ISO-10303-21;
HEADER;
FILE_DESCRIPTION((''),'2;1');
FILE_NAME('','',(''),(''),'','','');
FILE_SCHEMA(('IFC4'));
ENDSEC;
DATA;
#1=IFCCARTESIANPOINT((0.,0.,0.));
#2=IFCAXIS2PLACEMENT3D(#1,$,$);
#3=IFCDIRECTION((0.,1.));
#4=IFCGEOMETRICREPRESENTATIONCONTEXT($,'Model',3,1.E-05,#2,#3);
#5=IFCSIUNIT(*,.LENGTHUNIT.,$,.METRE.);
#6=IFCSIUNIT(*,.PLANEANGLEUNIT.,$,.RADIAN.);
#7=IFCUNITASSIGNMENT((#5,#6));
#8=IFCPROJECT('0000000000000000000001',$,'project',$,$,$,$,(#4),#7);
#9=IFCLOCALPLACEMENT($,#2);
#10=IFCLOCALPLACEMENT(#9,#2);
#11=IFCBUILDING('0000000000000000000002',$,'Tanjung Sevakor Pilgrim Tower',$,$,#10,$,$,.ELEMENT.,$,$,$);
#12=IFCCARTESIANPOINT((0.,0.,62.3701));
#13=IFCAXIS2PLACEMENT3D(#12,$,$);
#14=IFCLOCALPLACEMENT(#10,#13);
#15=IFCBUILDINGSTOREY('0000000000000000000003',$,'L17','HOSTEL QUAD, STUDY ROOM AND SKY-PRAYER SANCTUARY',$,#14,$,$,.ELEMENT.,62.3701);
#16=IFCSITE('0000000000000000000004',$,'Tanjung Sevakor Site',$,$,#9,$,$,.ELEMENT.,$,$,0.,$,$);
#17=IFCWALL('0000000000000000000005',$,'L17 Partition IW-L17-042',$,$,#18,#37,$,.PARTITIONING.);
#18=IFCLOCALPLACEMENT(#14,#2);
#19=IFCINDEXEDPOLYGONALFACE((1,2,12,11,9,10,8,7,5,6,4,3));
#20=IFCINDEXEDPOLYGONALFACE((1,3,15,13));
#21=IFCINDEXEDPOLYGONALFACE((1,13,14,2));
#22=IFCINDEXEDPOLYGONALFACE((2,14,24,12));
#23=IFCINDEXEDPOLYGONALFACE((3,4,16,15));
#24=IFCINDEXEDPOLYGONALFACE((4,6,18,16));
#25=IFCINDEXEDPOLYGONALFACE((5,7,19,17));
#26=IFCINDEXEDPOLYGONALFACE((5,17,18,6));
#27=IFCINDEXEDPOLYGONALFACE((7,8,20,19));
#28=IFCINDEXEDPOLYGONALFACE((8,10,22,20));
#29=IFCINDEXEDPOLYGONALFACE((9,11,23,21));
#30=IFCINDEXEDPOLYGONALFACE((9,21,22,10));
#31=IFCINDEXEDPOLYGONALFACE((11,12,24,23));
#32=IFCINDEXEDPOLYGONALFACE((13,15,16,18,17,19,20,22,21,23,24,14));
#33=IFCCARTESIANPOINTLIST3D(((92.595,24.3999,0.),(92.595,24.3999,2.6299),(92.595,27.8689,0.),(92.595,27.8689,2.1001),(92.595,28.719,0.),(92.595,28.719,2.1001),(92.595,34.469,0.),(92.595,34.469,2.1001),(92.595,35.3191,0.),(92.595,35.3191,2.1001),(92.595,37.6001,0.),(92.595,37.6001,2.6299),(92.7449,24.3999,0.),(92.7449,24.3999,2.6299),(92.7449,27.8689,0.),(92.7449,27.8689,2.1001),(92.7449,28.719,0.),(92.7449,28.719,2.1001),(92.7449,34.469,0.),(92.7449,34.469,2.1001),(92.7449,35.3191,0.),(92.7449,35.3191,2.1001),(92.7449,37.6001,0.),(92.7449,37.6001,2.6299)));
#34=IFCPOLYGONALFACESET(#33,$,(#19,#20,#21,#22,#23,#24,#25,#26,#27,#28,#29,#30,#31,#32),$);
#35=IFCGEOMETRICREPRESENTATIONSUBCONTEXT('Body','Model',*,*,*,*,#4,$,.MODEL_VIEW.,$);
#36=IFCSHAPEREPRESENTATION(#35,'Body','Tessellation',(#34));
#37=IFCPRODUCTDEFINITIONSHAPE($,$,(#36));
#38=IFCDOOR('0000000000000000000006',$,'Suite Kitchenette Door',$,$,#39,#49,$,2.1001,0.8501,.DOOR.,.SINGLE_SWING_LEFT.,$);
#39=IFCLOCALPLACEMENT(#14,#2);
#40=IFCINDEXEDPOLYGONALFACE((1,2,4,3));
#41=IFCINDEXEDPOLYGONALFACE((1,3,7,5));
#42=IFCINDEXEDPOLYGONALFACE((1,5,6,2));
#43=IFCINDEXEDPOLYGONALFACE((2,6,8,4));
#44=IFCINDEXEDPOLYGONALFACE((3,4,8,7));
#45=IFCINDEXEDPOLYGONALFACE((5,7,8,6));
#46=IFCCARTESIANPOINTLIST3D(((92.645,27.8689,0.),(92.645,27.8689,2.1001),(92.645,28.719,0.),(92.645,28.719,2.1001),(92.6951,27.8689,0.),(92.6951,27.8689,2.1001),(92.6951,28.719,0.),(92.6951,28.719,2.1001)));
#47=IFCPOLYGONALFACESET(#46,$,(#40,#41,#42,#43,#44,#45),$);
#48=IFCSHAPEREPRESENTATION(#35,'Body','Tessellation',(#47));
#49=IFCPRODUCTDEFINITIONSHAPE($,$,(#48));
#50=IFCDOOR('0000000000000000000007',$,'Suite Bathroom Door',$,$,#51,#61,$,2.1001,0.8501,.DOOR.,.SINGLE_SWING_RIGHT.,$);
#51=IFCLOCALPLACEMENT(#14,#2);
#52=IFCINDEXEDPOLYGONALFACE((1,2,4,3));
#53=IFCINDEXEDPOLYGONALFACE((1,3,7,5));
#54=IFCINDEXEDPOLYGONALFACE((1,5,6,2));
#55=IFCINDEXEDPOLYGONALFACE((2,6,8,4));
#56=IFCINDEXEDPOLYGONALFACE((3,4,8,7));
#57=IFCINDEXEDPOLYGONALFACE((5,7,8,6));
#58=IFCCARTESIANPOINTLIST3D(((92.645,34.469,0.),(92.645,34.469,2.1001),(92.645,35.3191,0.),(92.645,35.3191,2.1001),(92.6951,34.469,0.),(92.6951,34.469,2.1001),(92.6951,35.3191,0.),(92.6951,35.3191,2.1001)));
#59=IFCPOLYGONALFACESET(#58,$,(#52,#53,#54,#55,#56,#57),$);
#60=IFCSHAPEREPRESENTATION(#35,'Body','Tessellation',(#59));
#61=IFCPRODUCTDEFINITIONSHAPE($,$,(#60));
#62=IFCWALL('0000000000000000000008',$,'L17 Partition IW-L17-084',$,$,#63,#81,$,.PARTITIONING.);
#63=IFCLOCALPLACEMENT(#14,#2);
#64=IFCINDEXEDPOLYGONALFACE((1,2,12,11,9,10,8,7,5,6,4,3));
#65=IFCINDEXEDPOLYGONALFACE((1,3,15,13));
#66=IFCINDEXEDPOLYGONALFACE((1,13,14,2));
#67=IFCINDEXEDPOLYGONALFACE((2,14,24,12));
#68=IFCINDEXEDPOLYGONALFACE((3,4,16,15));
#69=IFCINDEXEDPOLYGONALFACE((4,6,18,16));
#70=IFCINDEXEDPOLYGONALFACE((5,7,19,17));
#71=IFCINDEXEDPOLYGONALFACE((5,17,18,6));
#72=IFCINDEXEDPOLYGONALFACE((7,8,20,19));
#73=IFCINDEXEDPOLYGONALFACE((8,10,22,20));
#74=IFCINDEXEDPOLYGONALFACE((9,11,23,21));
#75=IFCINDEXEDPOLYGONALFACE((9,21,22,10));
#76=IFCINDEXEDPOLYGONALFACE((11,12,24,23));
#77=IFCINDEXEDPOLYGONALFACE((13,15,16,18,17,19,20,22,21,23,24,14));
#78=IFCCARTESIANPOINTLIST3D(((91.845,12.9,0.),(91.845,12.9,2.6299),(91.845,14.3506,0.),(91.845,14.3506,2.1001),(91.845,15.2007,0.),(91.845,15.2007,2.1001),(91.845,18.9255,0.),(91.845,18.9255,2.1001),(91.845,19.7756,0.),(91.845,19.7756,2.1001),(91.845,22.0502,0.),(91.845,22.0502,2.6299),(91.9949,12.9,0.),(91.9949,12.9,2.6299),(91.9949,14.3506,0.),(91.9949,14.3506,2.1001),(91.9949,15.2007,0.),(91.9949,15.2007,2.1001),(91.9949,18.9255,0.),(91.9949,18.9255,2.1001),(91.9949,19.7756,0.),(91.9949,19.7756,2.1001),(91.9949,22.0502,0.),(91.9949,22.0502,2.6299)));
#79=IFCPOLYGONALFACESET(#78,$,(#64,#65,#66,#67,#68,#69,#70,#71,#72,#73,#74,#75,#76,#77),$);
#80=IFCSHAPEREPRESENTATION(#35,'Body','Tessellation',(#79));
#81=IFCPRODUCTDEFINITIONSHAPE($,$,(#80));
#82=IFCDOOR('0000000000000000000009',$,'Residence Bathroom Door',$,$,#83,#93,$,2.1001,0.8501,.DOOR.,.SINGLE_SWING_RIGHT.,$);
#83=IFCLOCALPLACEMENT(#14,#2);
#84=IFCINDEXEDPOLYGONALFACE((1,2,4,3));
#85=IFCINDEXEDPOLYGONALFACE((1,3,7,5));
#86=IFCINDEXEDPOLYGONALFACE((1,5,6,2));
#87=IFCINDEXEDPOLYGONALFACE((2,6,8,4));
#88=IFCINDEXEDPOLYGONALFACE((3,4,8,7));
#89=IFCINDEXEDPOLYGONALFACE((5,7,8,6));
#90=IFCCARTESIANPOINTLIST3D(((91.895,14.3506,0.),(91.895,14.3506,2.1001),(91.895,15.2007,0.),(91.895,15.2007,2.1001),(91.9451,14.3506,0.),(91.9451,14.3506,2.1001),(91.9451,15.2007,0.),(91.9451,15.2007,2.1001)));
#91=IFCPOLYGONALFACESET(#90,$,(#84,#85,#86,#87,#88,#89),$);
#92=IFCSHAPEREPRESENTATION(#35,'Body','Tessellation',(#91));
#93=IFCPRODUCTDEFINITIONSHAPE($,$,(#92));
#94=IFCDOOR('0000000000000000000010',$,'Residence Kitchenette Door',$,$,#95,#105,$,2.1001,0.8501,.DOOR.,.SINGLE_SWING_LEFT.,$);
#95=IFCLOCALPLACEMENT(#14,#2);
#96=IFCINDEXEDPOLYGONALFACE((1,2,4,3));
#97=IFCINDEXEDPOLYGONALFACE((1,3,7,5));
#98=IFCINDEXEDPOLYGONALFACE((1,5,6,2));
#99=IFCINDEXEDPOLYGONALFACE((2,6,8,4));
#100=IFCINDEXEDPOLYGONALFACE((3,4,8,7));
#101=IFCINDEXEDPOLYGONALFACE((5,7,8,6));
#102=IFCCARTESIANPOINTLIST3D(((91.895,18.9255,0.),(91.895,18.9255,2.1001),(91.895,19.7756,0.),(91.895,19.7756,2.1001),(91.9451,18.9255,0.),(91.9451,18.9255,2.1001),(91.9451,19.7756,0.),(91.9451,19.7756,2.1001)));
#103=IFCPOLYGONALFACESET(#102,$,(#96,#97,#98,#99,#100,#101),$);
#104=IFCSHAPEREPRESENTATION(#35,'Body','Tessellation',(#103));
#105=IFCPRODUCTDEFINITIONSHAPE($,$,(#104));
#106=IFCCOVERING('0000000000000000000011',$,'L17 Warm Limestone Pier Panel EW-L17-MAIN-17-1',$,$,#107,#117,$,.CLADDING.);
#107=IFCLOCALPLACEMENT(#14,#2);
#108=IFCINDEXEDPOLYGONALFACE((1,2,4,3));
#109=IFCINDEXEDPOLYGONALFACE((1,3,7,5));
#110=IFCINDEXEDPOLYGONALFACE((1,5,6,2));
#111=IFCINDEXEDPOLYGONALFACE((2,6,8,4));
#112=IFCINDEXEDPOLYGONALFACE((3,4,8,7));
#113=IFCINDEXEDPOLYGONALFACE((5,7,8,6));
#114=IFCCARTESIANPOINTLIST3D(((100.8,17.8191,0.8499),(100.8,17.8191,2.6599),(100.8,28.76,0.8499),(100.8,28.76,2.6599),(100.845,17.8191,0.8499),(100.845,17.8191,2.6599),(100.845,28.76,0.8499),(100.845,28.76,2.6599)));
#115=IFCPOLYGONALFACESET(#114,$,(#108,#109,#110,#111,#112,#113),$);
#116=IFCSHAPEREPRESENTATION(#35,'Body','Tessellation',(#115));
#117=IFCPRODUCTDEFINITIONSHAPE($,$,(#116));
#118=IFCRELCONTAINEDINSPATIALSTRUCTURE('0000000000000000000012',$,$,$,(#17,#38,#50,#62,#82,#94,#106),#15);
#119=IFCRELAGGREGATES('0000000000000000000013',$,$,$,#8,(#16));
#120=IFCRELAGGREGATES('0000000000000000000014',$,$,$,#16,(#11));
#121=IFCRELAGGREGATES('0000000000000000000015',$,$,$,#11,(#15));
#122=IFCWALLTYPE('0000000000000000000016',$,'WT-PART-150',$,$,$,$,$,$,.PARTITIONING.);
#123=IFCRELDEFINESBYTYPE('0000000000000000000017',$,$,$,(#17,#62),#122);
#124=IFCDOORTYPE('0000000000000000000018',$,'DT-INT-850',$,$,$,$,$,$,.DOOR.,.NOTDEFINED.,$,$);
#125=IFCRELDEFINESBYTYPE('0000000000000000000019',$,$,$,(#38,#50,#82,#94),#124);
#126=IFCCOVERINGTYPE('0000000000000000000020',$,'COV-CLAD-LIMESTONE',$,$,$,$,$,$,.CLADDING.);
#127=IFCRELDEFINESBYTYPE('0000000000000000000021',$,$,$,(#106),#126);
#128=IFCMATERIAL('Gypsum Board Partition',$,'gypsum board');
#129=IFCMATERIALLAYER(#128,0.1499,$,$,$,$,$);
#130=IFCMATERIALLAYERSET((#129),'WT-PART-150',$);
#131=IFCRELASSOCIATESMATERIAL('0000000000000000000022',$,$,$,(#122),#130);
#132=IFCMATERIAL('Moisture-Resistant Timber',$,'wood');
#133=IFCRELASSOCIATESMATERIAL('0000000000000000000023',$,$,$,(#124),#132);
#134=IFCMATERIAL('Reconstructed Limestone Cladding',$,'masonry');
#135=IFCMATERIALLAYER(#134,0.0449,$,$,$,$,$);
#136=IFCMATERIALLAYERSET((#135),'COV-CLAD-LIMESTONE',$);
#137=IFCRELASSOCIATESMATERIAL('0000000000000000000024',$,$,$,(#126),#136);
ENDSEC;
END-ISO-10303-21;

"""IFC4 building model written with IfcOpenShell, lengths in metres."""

from ifc_helpers import new_model, si_unit, direction, frame, frame_2d, origin, origin_2d, place, context, subcontext, project, spatial, rectangle, extrude, material, layer, layer_set, type_object, element, fill, save


model = new_model("IFC4")

# Units and contexts
model_context = context("Model", 3, precision=1e-05, world=origin(), true_north=direction((0.0, 1.0)))
body_context = subcontext(model_context, "Body", "Model", "MODEL_VIEW")
ifc_project = project(units=[si_unit("LENGTHUNIT", "METRE"), si_unit("PLANEANGLEUNIT", "RADIAN")], contexts=[model_context])

# Site, building, storey
site_placement = place(None, origin())
site = spatial("IfcSite", under=ifc_project, at=site_placement, Name="Tanjung Sevakor Site", CompositionType="ELEMENT", RefElevation=0.0)
building_placement = place(site_placement, origin())
building = spatial("IfcBuilding", under=site, at=building_placement, Name="Tanjung Sevakor Pilgrim Tower", CompositionType="ELEMENT")
storey_placement = place(building_placement, frame((0.0, 0.0, 62.3701)))
storey = spatial("IfcBuildingStorey", under=building, at=storey_placement, Name="L17", Description="HOSTEL QUAD, STUDY ROOM AND SKY-PRAYER SANCTUARY", CompositionType="ELEMENT", Elevation=62.3701)

# Shared definitions
ifc_material_1 = material(Name="Gypsum Board Partition", Category="gypsum board")
ifc_layer_1 = layer(ifc_material_1, 0.1499)
ifc_layer_set_1 = layer_set([ifc_layer_1], Name="WT-PART-150")
wall_type_1 = type_object("IfcWallType", Name="WT-PART-150", PredefinedType="PARTITIONING", material=ifc_layer_set_1)
ifc_material_2 = material(Name="Moisture-Resistant Timber", Category="wood")
door_type_1 = type_object("IfcDoorType", Name="DT-INT-850", OperationType="NOTDEFINED", PredefinedType="DOOR", material=ifc_material_2)

# Walls, openings, doors
wall_1_placement = place(storey_placement, frame((92.6699, 24.3999, 0.0), z_axis=(0.0, 0.0, 1.0), x_axis=(0.0, 1.0, 0.0)))
wall_1 = element("IfcWall", 1, at=wall_1_placement, inside=storey, type_object=wall_type_1, Name="L17 Partition IW-L17-042", PredefinedType="PARTITIONING", context=body_context, shape_type="SweptSolid", body=[
    extrude(rectangle(XDim=13.2002, YDim=0.1499, at=frame_2d((6.6001, 0.0))), origin(), (0.0, 0.0, 1.0), 2.6299),
])
opening_1_placement = place(wall_1_placement, frame((3.469, 0.0, 0.0)))
opening_1 = element("IfcOpeningElement", 2, at=opening_1_placement, cuts=wall_1, PredefinedType="OPENING", context=body_context, shape_type="SweptSolid", body=[
    extrude(rectangle(XDim=0.8501, YDim=2.1001, at=frame_2d((0.425, 1.05))), frame((0.0, 0.085, 0.0), z_axis=(0.0, -1.0, 0.0), x_axis=(1.0, 0.0, 0.0)), (0.0, 0.0, 1.0), 0.1699),
])
opening_2_placement = place(wall_1_placement, frame((10.0691, 0.0, 0.0)))
opening_2 = element("IfcOpeningElement", 3, at=opening_2_placement, cuts=wall_1, PredefinedType="OPENING", context=body_context, shape_type="SweptSolid", body=[
    extrude(rectangle(XDim=0.8501, YDim=2.1001, at=frame_2d((0.425, 1.05))), frame((0.0, 0.085, 0.0), z_axis=(0.0, -1.0, 0.0), x_axis=(1.0, 0.0, 0.0)), (0.0, 0.0, 1.0), 0.1699),
])
door_1_placement = place(opening_1_placement, origin())
door_1 = element("IfcDoor", 4, at=door_1_placement, inside=storey, type_object=door_type_1, Name="Suite Kitchenette Door", OperationType="SINGLE_SWING_LEFT", OverallHeight=2.1001, OverallWidth=0.8501, PredefinedType="DOOR", context=body_context, shape_type="SweptSolid", body=[
    extrude(rectangle(XDim=0.8501, YDim=2.1001, at=frame_2d((0.425, 1.05))), frame((0.0, 0.0249, 0.0), z_axis=(0.0, -1.0, 0.0), x_axis=(1.0, 0.0, 0.0)), (0.0, 0.0, 1.0), 0.05),
])
fill(opening_1, door_1)
door_2_placement = place(opening_2_placement, origin())
door_2 = element("IfcDoor", 5, at=door_2_placement, inside=storey, type_object=door_type_1, Name="Suite Bathroom Door", OperationType="SINGLE_SWING_RIGHT", OverallHeight=2.1001, OverallWidth=0.8501, PredefinedType="DOOR", context=body_context, shape_type="SweptSolid", body=[
    extrude(rectangle(XDim=0.8501, YDim=2.1001, at=frame_2d((0.425, 1.05))), frame((0.0, 0.0249, 0.0), z_axis=(0.0, -1.0, 0.0), x_axis=(1.0, 0.0, 0.0)), (0.0, 0.0, 1.0), 0.05),
])
fill(opening_2, door_2)
wall_2_placement = place(storey_placement, frame((91.9199, 12.8999, 0.0), z_axis=(0.0, 0.0, 1.0), x_axis=(0.0, 1.0, 0.0)))
wall_2 = element("IfcWall", 6, at=wall_2_placement, inside=storey, type_object=wall_type_1, Name="L17 Partition IW-L17-084", PredefinedType="PARTITIONING", context=body_context, shape_type="SweptSolid", body=[
    extrude(rectangle(XDim=9.1501, YDim=0.1499, at=frame_2d((4.5752, 0.0))), origin(), (0.0, 0.0, 1.0), 2.6299),
])
opening_3_placement = place(wall_2_placement, frame((1.4507, 0.0, 0.0)))
opening_3 = element("IfcOpeningElement", 7, at=opening_3_placement, cuts=wall_2, PredefinedType="OPENING", context=body_context, shape_type="SweptSolid", body=[
    extrude(rectangle(XDim=0.8501, YDim=2.1001, at=frame_2d((0.425, 1.05))), frame((0.0, 0.085, 0.0), z_axis=(0.0, -1.0, 0.0), x_axis=(1.0, 0.0, 0.0)), (0.0, 0.0, 1.0), 0.1699),
])
opening_4_placement = place(wall_2_placement, frame((6.0256, 0.0, 0.0)))
opening_4 = element("IfcOpeningElement", 8, at=opening_4_placement, cuts=wall_2, PredefinedType="OPENING", context=body_context, shape_type="SweptSolid", body=[
    extrude(rectangle(XDim=0.8501, YDim=2.1001, at=frame_2d((0.425, 1.05))), frame((0.0, 0.085, 0.0), z_axis=(0.0, -1.0, 0.0), x_axis=(1.0, 0.0, 0.0)), (0.0, 0.0, 1.0), 0.1699),
])
door_3_placement = place(opening_3_placement, origin())
door_3 = element("IfcDoor", 9, at=door_3_placement, inside=storey, type_object=door_type_1, Name="Residence Bathroom Door", OperationType="SINGLE_SWING_RIGHT", OverallHeight=2.1001, OverallWidth=0.8501, PredefinedType="DOOR", context=body_context, shape_type="SweptSolid", body=[
    extrude(rectangle(XDim=0.8501, YDim=2.1001, at=frame_2d((0.425, 1.05))), frame((0.0, 0.0249, 0.0), z_axis=(0.0, -1.0, 0.0), x_axis=(1.0, 0.0, 0.0)), (0.0, 0.0, 1.0), 0.05),
])
fill(opening_3, door_3)
door_4_placement = place(opening_4_placement, origin())
door_4 = element("IfcDoor", 10, at=door_4_placement, inside=storey, type_object=door_type_1, Name="Residence Kitchenette Door", OperationType="SINGLE_SWING_LEFT", OverallHeight=2.1001, OverallWidth=0.8501, PredefinedType="DOOR", context=body_context, shape_type="SweptSolid", body=[
    extrude(rectangle(XDim=0.8501, YDim=2.1001, at=frame_2d((0.425, 1.05))), frame((0.0, 0.0249, 0.0), z_axis=(0.0, -1.0, 0.0), x_axis=(1.0, 0.0, 0.0)), (0.0, 0.0, 1.0), 0.05),
])
fill(opening_4, door_4)

# Covering
ifc_material_3 = material(Name="Reconstructed Limestone Cladding", Category="masonry")
ifc_layer_2 = layer(ifc_material_3, 0.0449)
ifc_layer_set_2 = layer_set([ifc_layer_2], Name="COV-CLAD-LIMESTONE")
covering_type = type_object("IfcCoveringType", Name="COV-CLAD-LIMESTONE", PredefinedType="CLADDING", material=ifc_layer_set_2)
covering_placement = place(storey_placement, frame((100.8225, 23.2896, 0.8499), z_axis=(0.0, 0.0, 1.0), x_axis=(0.0, 1.0, 0.0)))
element("IfcCovering", 11, at=covering_placement, inside=storey, type_object=covering_type, Name="L17 Warm Limestone Pier Panel EW-L17-MAIN-17-1", PredefinedType="CLADDING", context=body_context, shape_type="SweptSolid", body=[
    extrude(rectangle(XDim=10.9409, YDim=0.0449, at=origin_2d()), origin(), (0.0, 0.0, 1.0), 1.8101),
])

save(model, "model.ifc")
